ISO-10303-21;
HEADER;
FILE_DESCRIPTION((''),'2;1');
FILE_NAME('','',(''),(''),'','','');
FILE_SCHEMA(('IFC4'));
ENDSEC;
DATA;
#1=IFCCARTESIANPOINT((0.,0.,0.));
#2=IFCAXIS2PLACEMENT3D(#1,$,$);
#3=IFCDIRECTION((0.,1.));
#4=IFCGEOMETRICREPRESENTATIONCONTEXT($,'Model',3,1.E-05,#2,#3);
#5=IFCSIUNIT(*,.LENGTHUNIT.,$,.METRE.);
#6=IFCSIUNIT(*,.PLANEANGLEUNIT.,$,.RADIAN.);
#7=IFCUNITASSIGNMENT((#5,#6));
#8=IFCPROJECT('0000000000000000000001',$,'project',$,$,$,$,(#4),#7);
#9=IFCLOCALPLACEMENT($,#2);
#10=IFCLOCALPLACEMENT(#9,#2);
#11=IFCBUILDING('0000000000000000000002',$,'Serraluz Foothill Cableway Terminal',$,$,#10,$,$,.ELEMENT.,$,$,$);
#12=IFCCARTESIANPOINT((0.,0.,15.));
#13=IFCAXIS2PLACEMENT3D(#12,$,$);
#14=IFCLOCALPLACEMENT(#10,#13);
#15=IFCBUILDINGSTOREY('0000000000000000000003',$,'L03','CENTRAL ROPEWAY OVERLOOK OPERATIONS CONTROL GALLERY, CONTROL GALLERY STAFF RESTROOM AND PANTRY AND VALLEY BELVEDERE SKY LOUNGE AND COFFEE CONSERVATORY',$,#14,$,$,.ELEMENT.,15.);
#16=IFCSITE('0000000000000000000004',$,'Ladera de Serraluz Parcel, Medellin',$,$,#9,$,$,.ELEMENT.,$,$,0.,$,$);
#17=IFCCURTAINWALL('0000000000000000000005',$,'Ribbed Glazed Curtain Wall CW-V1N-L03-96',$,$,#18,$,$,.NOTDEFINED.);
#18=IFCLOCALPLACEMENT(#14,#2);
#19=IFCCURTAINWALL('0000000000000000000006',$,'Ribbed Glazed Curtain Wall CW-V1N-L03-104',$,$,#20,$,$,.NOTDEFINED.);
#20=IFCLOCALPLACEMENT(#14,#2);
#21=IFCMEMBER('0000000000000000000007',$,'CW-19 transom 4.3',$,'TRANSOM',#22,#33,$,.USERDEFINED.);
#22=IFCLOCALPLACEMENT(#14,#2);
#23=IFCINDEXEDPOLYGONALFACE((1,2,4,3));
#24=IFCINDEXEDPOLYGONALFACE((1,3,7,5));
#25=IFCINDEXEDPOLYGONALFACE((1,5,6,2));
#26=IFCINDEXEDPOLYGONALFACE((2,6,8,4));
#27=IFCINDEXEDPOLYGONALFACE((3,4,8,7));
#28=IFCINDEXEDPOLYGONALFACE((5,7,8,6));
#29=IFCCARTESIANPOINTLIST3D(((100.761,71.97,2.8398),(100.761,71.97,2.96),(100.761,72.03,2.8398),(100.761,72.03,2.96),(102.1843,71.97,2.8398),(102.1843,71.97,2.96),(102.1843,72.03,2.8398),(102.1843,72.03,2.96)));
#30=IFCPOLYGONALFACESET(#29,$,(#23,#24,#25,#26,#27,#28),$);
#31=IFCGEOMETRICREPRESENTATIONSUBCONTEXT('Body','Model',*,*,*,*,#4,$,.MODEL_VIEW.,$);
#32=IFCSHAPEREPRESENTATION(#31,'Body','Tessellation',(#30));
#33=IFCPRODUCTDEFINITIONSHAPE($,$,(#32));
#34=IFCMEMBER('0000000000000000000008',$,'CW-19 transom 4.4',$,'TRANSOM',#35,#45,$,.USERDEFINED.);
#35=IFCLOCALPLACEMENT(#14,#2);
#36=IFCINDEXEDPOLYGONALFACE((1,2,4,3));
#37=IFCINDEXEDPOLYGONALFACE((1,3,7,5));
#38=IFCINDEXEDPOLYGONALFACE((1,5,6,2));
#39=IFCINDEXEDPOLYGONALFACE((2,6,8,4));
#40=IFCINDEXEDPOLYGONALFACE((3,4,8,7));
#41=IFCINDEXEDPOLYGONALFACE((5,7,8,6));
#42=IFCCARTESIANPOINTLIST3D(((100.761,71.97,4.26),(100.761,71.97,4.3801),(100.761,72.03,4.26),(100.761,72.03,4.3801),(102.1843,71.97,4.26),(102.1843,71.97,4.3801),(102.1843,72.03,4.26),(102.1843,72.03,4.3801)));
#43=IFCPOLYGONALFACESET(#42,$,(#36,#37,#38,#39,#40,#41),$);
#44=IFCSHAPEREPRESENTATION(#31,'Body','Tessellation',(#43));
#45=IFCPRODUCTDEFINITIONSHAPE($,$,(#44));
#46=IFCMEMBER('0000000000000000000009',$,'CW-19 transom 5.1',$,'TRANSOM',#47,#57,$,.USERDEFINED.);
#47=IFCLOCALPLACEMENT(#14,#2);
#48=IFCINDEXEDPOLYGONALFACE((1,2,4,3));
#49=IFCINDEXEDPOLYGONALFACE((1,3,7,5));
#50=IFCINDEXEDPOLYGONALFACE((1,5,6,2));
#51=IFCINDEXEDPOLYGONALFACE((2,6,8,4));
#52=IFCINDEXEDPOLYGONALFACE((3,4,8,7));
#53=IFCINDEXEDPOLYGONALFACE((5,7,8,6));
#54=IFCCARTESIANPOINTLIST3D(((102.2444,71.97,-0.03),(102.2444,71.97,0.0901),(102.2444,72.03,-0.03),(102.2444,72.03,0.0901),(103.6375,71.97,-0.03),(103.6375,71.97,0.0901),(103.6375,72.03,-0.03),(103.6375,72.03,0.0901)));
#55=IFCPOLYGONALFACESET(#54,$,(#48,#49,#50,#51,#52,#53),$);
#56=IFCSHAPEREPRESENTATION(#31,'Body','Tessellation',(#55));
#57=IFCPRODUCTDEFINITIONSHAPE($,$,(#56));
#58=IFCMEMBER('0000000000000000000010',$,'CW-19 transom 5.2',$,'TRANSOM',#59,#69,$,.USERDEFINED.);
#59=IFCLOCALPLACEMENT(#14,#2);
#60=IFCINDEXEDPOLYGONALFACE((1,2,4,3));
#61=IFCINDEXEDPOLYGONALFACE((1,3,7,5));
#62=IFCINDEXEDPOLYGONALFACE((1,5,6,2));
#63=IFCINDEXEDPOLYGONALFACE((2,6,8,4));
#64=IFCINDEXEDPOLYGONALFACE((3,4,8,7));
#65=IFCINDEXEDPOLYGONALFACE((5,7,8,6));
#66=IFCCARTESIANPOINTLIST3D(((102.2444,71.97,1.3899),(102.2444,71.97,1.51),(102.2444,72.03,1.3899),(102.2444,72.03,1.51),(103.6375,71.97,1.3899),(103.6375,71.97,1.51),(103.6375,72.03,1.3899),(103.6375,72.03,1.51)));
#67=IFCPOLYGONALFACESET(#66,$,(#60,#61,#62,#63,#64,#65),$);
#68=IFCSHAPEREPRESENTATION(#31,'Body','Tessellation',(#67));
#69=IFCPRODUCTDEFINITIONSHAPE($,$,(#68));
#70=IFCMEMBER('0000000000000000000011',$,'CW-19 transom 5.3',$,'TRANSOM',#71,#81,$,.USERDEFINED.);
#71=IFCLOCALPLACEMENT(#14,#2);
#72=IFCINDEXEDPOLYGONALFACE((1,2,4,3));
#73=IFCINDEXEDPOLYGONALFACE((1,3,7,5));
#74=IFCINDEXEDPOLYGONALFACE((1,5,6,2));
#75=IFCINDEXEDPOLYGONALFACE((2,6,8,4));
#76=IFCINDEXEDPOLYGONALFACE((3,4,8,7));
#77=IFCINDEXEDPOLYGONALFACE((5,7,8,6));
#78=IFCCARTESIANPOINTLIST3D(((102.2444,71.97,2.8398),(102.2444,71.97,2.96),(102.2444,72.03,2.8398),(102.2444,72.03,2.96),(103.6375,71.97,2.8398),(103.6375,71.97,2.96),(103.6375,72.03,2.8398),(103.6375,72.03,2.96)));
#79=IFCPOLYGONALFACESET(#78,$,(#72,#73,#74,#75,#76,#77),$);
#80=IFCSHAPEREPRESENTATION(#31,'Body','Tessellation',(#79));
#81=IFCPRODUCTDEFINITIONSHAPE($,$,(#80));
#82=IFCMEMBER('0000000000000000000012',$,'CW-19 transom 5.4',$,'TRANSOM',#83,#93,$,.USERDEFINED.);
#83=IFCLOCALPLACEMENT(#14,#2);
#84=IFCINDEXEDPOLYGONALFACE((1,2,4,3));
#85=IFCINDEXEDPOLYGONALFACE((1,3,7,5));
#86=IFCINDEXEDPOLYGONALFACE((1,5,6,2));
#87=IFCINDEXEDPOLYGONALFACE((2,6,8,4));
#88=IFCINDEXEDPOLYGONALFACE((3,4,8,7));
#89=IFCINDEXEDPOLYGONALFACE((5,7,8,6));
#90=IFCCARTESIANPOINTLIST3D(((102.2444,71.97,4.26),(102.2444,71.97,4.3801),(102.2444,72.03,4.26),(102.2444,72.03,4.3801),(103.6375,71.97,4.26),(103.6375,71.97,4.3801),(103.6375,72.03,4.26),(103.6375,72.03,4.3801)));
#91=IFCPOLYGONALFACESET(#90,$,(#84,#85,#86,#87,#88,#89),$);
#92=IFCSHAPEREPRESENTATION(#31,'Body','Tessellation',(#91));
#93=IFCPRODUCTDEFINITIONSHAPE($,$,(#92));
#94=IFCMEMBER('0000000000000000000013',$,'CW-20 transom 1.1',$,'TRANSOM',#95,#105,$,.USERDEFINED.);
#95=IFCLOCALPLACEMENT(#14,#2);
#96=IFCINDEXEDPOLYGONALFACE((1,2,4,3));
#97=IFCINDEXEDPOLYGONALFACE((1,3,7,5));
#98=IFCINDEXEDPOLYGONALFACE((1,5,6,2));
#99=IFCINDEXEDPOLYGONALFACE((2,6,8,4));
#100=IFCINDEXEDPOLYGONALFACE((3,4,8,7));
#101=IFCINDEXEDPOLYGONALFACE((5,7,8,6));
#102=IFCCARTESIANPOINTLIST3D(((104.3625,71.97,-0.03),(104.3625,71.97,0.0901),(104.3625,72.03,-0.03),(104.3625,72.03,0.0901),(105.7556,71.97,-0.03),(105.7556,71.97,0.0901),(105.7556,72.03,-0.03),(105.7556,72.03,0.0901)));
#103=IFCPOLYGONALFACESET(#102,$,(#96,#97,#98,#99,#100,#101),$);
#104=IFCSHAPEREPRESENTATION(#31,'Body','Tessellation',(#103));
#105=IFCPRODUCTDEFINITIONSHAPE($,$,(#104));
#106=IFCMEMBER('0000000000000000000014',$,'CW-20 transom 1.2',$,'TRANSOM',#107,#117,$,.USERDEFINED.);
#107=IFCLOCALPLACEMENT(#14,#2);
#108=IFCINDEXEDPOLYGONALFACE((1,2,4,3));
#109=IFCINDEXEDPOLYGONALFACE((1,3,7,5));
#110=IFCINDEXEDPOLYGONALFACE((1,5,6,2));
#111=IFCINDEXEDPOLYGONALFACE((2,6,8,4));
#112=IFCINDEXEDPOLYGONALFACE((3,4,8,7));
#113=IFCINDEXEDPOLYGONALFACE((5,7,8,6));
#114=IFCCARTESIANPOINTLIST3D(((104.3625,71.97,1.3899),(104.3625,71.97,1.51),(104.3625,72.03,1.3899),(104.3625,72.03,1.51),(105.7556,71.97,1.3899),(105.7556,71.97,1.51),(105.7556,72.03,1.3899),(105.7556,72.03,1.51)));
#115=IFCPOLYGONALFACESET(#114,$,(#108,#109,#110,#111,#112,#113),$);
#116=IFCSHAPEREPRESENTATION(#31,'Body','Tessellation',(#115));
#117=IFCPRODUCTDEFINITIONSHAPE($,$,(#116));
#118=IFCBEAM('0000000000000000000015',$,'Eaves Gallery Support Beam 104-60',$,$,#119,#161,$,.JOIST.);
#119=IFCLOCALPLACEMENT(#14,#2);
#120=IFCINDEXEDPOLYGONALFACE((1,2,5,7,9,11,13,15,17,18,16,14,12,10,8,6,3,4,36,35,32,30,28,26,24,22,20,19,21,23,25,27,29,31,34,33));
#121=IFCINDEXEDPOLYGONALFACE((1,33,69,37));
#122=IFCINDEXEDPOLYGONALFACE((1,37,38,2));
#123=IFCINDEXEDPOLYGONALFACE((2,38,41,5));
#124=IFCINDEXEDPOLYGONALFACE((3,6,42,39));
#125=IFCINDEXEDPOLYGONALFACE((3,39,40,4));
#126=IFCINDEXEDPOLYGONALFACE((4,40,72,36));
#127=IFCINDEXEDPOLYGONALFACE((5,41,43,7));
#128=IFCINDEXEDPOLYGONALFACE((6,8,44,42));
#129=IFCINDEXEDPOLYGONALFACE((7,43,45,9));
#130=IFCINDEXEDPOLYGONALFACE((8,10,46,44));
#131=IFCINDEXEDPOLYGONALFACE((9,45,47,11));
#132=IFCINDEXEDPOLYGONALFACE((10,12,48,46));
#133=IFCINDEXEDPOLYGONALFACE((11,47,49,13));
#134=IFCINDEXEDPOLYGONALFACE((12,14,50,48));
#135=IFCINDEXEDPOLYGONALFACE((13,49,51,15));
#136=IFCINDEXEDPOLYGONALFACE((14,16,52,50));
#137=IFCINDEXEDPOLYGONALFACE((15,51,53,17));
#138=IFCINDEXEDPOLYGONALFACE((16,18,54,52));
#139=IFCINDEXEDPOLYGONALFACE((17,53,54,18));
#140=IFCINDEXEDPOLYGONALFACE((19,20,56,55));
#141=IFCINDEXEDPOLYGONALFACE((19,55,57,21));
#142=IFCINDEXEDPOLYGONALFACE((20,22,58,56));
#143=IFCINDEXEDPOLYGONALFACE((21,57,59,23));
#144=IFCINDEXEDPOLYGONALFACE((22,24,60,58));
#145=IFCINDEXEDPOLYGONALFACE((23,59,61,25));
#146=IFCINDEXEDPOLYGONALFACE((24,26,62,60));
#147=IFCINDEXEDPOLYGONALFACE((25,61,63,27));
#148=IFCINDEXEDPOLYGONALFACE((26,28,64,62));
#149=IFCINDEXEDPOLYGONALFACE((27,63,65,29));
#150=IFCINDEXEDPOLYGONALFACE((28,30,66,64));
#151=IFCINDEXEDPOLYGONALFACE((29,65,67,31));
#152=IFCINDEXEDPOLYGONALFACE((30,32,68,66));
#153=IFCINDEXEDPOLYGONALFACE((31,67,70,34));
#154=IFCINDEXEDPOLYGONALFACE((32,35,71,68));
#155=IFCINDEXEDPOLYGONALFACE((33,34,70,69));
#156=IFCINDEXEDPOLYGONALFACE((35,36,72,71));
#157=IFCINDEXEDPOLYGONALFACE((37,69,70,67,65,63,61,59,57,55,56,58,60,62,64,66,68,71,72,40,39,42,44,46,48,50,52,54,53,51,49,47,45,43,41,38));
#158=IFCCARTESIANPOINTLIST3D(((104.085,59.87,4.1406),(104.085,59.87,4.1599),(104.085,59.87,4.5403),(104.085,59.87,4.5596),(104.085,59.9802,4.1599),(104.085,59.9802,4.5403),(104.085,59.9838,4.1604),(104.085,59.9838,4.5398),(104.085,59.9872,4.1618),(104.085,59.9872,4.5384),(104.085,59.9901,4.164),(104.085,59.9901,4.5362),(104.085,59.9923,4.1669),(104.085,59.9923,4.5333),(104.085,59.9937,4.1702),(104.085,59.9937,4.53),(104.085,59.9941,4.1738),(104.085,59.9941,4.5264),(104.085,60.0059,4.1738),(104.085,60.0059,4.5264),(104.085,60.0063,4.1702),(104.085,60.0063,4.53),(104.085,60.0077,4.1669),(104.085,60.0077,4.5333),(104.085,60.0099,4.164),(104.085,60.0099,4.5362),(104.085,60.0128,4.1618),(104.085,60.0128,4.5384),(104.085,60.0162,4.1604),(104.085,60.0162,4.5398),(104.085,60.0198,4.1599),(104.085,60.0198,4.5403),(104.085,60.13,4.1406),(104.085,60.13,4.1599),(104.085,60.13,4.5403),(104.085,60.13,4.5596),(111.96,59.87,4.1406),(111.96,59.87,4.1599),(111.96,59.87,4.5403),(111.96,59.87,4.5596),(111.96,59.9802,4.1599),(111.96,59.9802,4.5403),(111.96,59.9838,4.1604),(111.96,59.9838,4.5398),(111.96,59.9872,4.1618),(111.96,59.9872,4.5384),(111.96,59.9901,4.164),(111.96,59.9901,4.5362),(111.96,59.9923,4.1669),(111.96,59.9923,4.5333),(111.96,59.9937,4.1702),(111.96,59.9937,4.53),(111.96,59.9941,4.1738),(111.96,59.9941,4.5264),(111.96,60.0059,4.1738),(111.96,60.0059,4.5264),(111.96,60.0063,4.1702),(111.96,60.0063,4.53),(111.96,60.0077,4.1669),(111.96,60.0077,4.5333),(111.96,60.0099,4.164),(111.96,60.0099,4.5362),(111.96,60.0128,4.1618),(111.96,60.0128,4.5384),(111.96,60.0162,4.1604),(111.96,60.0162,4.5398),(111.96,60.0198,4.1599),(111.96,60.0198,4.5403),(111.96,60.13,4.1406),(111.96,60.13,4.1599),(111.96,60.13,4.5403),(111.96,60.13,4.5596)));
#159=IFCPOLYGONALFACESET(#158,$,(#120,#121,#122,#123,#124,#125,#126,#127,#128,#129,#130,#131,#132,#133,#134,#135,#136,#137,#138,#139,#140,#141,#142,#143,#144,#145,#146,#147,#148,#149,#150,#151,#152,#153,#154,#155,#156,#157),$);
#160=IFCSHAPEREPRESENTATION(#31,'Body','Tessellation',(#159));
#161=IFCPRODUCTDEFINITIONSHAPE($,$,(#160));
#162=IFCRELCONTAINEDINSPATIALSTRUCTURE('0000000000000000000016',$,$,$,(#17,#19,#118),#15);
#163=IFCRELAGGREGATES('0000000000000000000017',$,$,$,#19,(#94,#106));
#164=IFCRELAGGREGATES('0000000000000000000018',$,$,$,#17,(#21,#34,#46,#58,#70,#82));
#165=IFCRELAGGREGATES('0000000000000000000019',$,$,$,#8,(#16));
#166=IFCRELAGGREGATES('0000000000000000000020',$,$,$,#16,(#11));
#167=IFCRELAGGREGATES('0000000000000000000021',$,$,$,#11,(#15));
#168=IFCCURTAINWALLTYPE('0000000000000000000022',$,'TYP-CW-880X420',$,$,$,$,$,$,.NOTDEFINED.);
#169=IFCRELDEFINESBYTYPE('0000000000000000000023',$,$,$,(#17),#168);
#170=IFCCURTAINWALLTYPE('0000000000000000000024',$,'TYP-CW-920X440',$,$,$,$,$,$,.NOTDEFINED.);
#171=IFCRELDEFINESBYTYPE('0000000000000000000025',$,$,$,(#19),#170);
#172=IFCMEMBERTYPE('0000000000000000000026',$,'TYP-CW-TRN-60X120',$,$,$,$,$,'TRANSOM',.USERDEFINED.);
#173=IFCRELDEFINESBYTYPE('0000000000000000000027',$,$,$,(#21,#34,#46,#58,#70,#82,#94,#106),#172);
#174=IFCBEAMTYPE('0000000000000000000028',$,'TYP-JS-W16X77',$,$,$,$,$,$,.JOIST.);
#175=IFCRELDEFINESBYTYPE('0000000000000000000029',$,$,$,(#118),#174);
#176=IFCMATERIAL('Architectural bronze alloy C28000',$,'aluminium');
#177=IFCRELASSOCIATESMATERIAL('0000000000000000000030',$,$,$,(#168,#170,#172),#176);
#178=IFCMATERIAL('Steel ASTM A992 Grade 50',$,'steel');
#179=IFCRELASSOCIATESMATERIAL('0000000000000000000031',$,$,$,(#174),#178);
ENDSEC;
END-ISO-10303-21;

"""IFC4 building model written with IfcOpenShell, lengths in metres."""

from ifc_helpers import new_model, si_unit, direction, frame, origin, origin_2d, place, context, subcontext, project, spatial, rectangle, i_section, extrude, material, material_profile, profile_set, type_object, element, aggregate, save


model = new_model("IFC4")

# Units and contexts
model_context = context("Model", 3, precision=1e-05, world=origin(), true_north=direction((0.0, 1.0)))
body_context = subcontext(model_context, "Body", "Model", "MODEL_VIEW")
ifc_project = project(units=[si_unit("LENGTHUNIT", "METRE"), si_unit("PLANEANGLEUNIT", "RADIAN")], contexts=[model_context])

# Site, building, storey
site_placement = place(None, origin())
site = spatial("IfcSite", under=ifc_project, at=site_placement, Name="Ladera de Serraluz Parcel, Medellin", CompositionType="ELEMENT", RefElevation=0.0)
building_placement = place(site_placement, origin())
building = spatial("IfcBuilding", under=site, at=building_placement, Name="Serraluz Foothill Cableway Terminal", CompositionType="ELEMENT")
storey_placement = place(building_placement, frame((0.0, 0.0, 15.0)))
storey = spatial("IfcBuildingStorey", under=building, at=storey_placement, Name="L03", Description="CENTRAL ROPEWAY OVERLOOK OPERATIONS CONTROL GALLERY, CONTROL GALLERY STAFF RESTROOM AND PANTRY AND VALLEY BELVEDERE SKY LOUNGE AND COFFEE CONSERVATORY", CompositionType="ELEMENT", Elevation=15.0)

# Shared definitions
ifc_material_1 = material(Name="Steel ASTM A992 Grade 50", Category="steel")

# Curtain wall
ifc_material_2 = material(Name="Architectural bronze alloy C28000", Category="aluminium")
curtain_wall_type_1 = type_object("IfcCurtainWallType", Name="TYP-CW-880X420", PredefinedType="NOTDEFINED", material=ifc_material_2)
curtain_wall_1_placement = place(storey_placement, origin())
curtain_wall_1 = element("IfcCurtainWall", 1, at=curtain_wall_1_placement, inside=storey, type_object=curtain_wall_type_1, Name="Ribbed Glazed Curtain Wall CW-V1N-L03-96", PredefinedType="NOTDEFINED")

# Curtain wall
curtain_wall_type_2 = type_object("IfcCurtainWallType", Name="TYP-CW-920X440", PredefinedType="NOTDEFINED", material=ifc_material_2)
curtain_wall_2_placement = place(storey_placement, origin())
curtain_wall_2 = element("IfcCurtainWall", 2, at=curtain_wall_2_placement, inside=storey, type_object=curtain_wall_type_2, Name="Ribbed Glazed Curtain Wall CW-V1N-L03-104", PredefinedType="NOTDEFINED")

# Members
ifc_material_profile_1 = material_profile(ifc_material_2, rectangle(XDim=0.0601, YDim=0.1201, at=origin_2d()), Name="ALU TRANSOM 60x120")
ifc_profile_set_1 = profile_set([ifc_material_profile_1], Name="Architectural bronze alloy C28000")
member_type_1 = type_object("IfcMemberType", Name="TYP-CW-TRN-60X120", ElementType="TRANSOM", PredefinedType="USERDEFINED", material=ifc_profile_set_1)
member_1_placement = place(storey_placement, frame((100.761, 72.0, 2.8999), z_axis=(1.0, 0.0, 0.0), x_axis=(0.0, 1.0, 0.0)))
member_1 = element("IfcMember", 3, at=member_1_placement, type_object=member_type_1, Name="CW-19 transom 4.3", ObjectType="TRANSOM", PredefinedType="USERDEFINED", context=body_context, shape_type="SweptSolid", body=[
    extrude(rectangle(XDim=0.0601, YDim=0.1201, at=origin_2d()), origin(), (0.0, 0.0, 1.0), 1.4233),
])
member_2_placement = place(storey_placement, frame((100.761, 72.0, 4.3201), z_axis=(1.0, 0.0, 0.0), x_axis=(0.0, 1.0, 0.0)))
member_2 = element("IfcMember", 4, at=member_2_placement, type_object=member_type_1, Name="CW-19 transom 4.4", ObjectType="TRANSOM", PredefinedType="USERDEFINED", context=body_context, shape_type="SweptSolid", body=[
    extrude(rectangle(XDim=0.0601, YDim=0.1201, at=origin_2d()), origin(), (0.0, 0.0, 1.0), 1.4233),
])
member_3_placement = place(storey_placement, frame((102.2444, 72.0, 0.03), z_axis=(1.0, 0.0, 0.0), x_axis=(0.0, 1.0, 0.0)))
member_3 = element("IfcMember", 5, at=member_3_placement, type_object=member_type_1, Name="CW-19 transom 5.1", ObjectType="TRANSOM", PredefinedType="USERDEFINED", context=body_context, shape_type="SweptSolid", body=[
    extrude(rectangle(XDim=0.0601, YDim=0.1201, at=origin_2d()), origin(), (0.0, 0.0, 1.0), 1.3931),
])
member_4_placement = place(storey_placement, frame((102.2444, 72.0, 1.45), z_axis=(1.0, 0.0, 0.0), x_axis=(0.0, 1.0, 0.0)))
member_4 = element("IfcMember", 6, at=member_4_placement, type_object=member_type_1, Name="CW-19 transom 5.2", ObjectType="TRANSOM", PredefinedType="USERDEFINED", context=body_context, shape_type="SweptSolid", body=[
    extrude(rectangle(XDim=0.0601, YDim=0.1201, at=origin_2d()), origin(), (0.0, 0.0, 1.0), 1.3931),
])
member_5_placement = place(storey_placement, frame((102.2444, 72.0, 2.8999), z_axis=(1.0, 0.0, 0.0), x_axis=(0.0, 1.0, 0.0)))
member_5 = element("IfcMember", 7, at=member_5_placement, type_object=member_type_1, Name="CW-19 transom 5.3", ObjectType="TRANSOM", PredefinedType="USERDEFINED", context=body_context, shape_type="SweptSolid", body=[
    extrude(rectangle(XDim=0.0601, YDim=0.1201, at=origin_2d()), origin(), (0.0, 0.0, 1.0), 1.3931),
])
member_6_placement = place(storey_placement, frame((102.2444, 72.0, 4.3201), z_axis=(1.0, 0.0, 0.0), x_axis=(0.0, 1.0, 0.0)))
member_6 = element("IfcMember", 8, at=member_6_placement, type_object=member_type_1, Name="CW-19 transom 5.4", ObjectType="TRANSOM", PredefinedType="USERDEFINED", context=body_context, shape_type="SweptSolid", body=[
    extrude(rectangle(XDim=0.0601, YDim=0.1201, at=origin_2d()), origin(), (0.0, 0.0, 1.0), 1.3931),
])
member_7_placement = place(storey_placement, frame((104.3625, 72.0, 0.03), z_axis=(1.0, 0.0, 0.0), x_axis=(0.0, 1.0, 0.0)))
member_7 = element("IfcMember", 9, at=member_7_placement, type_object=member_type_1, Name="CW-20 transom 1.1", ObjectType="TRANSOM", PredefinedType="USERDEFINED", context=body_context, shape_type="SweptSolid", body=[
    extrude(rectangle(XDim=0.0601, YDim=0.1201, at=origin_2d()), origin(), (0.0, 0.0, 1.0), 1.3931),
])
member_8_placement = place(storey_placement, frame((104.3625, 72.0, 1.45), z_axis=(1.0, 0.0, 0.0), x_axis=(0.0, 1.0, 0.0)))
member_8 = element("IfcMember", 10, at=member_8_placement, type_object=member_type_1, Name="CW-20 transom 1.2", ObjectType="TRANSOM", PredefinedType="USERDEFINED", context=body_context, shape_type="SweptSolid", body=[
    extrude(rectangle(XDim=0.0601, YDim=0.1201, at=origin_2d()), origin(), (0.0, 0.0, 1.0), 1.3931),
])
aggregate(curtain_wall_2, [member_7, member_8])

# Beam
ifc_material_profile_2 = material_profile(ifc_material_1, i_section(OverallWidth=0.26, OverallDepth=0.4189, WebThickness=0.0117, FlangeThickness=0.0193, FilletRadius=0.0139, at=origin_2d()), Name="W16X77")
ifc_profile_set_2 = profile_set([ifc_material_profile_2], Name="Steel ASTM A992 Grade 50")
beam_type_1 = type_object("IfcBeamType", Name="TYP-JS-W16X77", PredefinedType="JOIST", material=ifc_profile_set_2)
for number, where, z_axis, x_axis, name in (
    (11, (104.085, 60.0, 4.3501), (1.0, 0.0, 0.0), (0.0, 1.0, 0.0), "Eaves Gallery Support Beam 104-60"),
):
    element("IfcBeam", number, at=place(storey_placement, frame(where, z_axis=z_axis, x_axis=x_axis)), inside=storey, type_object=beam_type_1, Name=name, PredefinedType="JOIST", context=body_context, shape_type="SweptSolid", body=[
        extrude(i_section(OverallWidth=0.26, OverallDepth=0.4189, WebThickness=0.0117, FlangeThickness=0.0193, FilletRadius=0.0139, at=origin_2d()), origin(), (0.0, 0.0, 1.0), 7.875),
    ])

aggregate(curtain_wall_1, [member_1, member_2, member_3, member_4, member_5, member_6])

save(model, "model.ifc")
